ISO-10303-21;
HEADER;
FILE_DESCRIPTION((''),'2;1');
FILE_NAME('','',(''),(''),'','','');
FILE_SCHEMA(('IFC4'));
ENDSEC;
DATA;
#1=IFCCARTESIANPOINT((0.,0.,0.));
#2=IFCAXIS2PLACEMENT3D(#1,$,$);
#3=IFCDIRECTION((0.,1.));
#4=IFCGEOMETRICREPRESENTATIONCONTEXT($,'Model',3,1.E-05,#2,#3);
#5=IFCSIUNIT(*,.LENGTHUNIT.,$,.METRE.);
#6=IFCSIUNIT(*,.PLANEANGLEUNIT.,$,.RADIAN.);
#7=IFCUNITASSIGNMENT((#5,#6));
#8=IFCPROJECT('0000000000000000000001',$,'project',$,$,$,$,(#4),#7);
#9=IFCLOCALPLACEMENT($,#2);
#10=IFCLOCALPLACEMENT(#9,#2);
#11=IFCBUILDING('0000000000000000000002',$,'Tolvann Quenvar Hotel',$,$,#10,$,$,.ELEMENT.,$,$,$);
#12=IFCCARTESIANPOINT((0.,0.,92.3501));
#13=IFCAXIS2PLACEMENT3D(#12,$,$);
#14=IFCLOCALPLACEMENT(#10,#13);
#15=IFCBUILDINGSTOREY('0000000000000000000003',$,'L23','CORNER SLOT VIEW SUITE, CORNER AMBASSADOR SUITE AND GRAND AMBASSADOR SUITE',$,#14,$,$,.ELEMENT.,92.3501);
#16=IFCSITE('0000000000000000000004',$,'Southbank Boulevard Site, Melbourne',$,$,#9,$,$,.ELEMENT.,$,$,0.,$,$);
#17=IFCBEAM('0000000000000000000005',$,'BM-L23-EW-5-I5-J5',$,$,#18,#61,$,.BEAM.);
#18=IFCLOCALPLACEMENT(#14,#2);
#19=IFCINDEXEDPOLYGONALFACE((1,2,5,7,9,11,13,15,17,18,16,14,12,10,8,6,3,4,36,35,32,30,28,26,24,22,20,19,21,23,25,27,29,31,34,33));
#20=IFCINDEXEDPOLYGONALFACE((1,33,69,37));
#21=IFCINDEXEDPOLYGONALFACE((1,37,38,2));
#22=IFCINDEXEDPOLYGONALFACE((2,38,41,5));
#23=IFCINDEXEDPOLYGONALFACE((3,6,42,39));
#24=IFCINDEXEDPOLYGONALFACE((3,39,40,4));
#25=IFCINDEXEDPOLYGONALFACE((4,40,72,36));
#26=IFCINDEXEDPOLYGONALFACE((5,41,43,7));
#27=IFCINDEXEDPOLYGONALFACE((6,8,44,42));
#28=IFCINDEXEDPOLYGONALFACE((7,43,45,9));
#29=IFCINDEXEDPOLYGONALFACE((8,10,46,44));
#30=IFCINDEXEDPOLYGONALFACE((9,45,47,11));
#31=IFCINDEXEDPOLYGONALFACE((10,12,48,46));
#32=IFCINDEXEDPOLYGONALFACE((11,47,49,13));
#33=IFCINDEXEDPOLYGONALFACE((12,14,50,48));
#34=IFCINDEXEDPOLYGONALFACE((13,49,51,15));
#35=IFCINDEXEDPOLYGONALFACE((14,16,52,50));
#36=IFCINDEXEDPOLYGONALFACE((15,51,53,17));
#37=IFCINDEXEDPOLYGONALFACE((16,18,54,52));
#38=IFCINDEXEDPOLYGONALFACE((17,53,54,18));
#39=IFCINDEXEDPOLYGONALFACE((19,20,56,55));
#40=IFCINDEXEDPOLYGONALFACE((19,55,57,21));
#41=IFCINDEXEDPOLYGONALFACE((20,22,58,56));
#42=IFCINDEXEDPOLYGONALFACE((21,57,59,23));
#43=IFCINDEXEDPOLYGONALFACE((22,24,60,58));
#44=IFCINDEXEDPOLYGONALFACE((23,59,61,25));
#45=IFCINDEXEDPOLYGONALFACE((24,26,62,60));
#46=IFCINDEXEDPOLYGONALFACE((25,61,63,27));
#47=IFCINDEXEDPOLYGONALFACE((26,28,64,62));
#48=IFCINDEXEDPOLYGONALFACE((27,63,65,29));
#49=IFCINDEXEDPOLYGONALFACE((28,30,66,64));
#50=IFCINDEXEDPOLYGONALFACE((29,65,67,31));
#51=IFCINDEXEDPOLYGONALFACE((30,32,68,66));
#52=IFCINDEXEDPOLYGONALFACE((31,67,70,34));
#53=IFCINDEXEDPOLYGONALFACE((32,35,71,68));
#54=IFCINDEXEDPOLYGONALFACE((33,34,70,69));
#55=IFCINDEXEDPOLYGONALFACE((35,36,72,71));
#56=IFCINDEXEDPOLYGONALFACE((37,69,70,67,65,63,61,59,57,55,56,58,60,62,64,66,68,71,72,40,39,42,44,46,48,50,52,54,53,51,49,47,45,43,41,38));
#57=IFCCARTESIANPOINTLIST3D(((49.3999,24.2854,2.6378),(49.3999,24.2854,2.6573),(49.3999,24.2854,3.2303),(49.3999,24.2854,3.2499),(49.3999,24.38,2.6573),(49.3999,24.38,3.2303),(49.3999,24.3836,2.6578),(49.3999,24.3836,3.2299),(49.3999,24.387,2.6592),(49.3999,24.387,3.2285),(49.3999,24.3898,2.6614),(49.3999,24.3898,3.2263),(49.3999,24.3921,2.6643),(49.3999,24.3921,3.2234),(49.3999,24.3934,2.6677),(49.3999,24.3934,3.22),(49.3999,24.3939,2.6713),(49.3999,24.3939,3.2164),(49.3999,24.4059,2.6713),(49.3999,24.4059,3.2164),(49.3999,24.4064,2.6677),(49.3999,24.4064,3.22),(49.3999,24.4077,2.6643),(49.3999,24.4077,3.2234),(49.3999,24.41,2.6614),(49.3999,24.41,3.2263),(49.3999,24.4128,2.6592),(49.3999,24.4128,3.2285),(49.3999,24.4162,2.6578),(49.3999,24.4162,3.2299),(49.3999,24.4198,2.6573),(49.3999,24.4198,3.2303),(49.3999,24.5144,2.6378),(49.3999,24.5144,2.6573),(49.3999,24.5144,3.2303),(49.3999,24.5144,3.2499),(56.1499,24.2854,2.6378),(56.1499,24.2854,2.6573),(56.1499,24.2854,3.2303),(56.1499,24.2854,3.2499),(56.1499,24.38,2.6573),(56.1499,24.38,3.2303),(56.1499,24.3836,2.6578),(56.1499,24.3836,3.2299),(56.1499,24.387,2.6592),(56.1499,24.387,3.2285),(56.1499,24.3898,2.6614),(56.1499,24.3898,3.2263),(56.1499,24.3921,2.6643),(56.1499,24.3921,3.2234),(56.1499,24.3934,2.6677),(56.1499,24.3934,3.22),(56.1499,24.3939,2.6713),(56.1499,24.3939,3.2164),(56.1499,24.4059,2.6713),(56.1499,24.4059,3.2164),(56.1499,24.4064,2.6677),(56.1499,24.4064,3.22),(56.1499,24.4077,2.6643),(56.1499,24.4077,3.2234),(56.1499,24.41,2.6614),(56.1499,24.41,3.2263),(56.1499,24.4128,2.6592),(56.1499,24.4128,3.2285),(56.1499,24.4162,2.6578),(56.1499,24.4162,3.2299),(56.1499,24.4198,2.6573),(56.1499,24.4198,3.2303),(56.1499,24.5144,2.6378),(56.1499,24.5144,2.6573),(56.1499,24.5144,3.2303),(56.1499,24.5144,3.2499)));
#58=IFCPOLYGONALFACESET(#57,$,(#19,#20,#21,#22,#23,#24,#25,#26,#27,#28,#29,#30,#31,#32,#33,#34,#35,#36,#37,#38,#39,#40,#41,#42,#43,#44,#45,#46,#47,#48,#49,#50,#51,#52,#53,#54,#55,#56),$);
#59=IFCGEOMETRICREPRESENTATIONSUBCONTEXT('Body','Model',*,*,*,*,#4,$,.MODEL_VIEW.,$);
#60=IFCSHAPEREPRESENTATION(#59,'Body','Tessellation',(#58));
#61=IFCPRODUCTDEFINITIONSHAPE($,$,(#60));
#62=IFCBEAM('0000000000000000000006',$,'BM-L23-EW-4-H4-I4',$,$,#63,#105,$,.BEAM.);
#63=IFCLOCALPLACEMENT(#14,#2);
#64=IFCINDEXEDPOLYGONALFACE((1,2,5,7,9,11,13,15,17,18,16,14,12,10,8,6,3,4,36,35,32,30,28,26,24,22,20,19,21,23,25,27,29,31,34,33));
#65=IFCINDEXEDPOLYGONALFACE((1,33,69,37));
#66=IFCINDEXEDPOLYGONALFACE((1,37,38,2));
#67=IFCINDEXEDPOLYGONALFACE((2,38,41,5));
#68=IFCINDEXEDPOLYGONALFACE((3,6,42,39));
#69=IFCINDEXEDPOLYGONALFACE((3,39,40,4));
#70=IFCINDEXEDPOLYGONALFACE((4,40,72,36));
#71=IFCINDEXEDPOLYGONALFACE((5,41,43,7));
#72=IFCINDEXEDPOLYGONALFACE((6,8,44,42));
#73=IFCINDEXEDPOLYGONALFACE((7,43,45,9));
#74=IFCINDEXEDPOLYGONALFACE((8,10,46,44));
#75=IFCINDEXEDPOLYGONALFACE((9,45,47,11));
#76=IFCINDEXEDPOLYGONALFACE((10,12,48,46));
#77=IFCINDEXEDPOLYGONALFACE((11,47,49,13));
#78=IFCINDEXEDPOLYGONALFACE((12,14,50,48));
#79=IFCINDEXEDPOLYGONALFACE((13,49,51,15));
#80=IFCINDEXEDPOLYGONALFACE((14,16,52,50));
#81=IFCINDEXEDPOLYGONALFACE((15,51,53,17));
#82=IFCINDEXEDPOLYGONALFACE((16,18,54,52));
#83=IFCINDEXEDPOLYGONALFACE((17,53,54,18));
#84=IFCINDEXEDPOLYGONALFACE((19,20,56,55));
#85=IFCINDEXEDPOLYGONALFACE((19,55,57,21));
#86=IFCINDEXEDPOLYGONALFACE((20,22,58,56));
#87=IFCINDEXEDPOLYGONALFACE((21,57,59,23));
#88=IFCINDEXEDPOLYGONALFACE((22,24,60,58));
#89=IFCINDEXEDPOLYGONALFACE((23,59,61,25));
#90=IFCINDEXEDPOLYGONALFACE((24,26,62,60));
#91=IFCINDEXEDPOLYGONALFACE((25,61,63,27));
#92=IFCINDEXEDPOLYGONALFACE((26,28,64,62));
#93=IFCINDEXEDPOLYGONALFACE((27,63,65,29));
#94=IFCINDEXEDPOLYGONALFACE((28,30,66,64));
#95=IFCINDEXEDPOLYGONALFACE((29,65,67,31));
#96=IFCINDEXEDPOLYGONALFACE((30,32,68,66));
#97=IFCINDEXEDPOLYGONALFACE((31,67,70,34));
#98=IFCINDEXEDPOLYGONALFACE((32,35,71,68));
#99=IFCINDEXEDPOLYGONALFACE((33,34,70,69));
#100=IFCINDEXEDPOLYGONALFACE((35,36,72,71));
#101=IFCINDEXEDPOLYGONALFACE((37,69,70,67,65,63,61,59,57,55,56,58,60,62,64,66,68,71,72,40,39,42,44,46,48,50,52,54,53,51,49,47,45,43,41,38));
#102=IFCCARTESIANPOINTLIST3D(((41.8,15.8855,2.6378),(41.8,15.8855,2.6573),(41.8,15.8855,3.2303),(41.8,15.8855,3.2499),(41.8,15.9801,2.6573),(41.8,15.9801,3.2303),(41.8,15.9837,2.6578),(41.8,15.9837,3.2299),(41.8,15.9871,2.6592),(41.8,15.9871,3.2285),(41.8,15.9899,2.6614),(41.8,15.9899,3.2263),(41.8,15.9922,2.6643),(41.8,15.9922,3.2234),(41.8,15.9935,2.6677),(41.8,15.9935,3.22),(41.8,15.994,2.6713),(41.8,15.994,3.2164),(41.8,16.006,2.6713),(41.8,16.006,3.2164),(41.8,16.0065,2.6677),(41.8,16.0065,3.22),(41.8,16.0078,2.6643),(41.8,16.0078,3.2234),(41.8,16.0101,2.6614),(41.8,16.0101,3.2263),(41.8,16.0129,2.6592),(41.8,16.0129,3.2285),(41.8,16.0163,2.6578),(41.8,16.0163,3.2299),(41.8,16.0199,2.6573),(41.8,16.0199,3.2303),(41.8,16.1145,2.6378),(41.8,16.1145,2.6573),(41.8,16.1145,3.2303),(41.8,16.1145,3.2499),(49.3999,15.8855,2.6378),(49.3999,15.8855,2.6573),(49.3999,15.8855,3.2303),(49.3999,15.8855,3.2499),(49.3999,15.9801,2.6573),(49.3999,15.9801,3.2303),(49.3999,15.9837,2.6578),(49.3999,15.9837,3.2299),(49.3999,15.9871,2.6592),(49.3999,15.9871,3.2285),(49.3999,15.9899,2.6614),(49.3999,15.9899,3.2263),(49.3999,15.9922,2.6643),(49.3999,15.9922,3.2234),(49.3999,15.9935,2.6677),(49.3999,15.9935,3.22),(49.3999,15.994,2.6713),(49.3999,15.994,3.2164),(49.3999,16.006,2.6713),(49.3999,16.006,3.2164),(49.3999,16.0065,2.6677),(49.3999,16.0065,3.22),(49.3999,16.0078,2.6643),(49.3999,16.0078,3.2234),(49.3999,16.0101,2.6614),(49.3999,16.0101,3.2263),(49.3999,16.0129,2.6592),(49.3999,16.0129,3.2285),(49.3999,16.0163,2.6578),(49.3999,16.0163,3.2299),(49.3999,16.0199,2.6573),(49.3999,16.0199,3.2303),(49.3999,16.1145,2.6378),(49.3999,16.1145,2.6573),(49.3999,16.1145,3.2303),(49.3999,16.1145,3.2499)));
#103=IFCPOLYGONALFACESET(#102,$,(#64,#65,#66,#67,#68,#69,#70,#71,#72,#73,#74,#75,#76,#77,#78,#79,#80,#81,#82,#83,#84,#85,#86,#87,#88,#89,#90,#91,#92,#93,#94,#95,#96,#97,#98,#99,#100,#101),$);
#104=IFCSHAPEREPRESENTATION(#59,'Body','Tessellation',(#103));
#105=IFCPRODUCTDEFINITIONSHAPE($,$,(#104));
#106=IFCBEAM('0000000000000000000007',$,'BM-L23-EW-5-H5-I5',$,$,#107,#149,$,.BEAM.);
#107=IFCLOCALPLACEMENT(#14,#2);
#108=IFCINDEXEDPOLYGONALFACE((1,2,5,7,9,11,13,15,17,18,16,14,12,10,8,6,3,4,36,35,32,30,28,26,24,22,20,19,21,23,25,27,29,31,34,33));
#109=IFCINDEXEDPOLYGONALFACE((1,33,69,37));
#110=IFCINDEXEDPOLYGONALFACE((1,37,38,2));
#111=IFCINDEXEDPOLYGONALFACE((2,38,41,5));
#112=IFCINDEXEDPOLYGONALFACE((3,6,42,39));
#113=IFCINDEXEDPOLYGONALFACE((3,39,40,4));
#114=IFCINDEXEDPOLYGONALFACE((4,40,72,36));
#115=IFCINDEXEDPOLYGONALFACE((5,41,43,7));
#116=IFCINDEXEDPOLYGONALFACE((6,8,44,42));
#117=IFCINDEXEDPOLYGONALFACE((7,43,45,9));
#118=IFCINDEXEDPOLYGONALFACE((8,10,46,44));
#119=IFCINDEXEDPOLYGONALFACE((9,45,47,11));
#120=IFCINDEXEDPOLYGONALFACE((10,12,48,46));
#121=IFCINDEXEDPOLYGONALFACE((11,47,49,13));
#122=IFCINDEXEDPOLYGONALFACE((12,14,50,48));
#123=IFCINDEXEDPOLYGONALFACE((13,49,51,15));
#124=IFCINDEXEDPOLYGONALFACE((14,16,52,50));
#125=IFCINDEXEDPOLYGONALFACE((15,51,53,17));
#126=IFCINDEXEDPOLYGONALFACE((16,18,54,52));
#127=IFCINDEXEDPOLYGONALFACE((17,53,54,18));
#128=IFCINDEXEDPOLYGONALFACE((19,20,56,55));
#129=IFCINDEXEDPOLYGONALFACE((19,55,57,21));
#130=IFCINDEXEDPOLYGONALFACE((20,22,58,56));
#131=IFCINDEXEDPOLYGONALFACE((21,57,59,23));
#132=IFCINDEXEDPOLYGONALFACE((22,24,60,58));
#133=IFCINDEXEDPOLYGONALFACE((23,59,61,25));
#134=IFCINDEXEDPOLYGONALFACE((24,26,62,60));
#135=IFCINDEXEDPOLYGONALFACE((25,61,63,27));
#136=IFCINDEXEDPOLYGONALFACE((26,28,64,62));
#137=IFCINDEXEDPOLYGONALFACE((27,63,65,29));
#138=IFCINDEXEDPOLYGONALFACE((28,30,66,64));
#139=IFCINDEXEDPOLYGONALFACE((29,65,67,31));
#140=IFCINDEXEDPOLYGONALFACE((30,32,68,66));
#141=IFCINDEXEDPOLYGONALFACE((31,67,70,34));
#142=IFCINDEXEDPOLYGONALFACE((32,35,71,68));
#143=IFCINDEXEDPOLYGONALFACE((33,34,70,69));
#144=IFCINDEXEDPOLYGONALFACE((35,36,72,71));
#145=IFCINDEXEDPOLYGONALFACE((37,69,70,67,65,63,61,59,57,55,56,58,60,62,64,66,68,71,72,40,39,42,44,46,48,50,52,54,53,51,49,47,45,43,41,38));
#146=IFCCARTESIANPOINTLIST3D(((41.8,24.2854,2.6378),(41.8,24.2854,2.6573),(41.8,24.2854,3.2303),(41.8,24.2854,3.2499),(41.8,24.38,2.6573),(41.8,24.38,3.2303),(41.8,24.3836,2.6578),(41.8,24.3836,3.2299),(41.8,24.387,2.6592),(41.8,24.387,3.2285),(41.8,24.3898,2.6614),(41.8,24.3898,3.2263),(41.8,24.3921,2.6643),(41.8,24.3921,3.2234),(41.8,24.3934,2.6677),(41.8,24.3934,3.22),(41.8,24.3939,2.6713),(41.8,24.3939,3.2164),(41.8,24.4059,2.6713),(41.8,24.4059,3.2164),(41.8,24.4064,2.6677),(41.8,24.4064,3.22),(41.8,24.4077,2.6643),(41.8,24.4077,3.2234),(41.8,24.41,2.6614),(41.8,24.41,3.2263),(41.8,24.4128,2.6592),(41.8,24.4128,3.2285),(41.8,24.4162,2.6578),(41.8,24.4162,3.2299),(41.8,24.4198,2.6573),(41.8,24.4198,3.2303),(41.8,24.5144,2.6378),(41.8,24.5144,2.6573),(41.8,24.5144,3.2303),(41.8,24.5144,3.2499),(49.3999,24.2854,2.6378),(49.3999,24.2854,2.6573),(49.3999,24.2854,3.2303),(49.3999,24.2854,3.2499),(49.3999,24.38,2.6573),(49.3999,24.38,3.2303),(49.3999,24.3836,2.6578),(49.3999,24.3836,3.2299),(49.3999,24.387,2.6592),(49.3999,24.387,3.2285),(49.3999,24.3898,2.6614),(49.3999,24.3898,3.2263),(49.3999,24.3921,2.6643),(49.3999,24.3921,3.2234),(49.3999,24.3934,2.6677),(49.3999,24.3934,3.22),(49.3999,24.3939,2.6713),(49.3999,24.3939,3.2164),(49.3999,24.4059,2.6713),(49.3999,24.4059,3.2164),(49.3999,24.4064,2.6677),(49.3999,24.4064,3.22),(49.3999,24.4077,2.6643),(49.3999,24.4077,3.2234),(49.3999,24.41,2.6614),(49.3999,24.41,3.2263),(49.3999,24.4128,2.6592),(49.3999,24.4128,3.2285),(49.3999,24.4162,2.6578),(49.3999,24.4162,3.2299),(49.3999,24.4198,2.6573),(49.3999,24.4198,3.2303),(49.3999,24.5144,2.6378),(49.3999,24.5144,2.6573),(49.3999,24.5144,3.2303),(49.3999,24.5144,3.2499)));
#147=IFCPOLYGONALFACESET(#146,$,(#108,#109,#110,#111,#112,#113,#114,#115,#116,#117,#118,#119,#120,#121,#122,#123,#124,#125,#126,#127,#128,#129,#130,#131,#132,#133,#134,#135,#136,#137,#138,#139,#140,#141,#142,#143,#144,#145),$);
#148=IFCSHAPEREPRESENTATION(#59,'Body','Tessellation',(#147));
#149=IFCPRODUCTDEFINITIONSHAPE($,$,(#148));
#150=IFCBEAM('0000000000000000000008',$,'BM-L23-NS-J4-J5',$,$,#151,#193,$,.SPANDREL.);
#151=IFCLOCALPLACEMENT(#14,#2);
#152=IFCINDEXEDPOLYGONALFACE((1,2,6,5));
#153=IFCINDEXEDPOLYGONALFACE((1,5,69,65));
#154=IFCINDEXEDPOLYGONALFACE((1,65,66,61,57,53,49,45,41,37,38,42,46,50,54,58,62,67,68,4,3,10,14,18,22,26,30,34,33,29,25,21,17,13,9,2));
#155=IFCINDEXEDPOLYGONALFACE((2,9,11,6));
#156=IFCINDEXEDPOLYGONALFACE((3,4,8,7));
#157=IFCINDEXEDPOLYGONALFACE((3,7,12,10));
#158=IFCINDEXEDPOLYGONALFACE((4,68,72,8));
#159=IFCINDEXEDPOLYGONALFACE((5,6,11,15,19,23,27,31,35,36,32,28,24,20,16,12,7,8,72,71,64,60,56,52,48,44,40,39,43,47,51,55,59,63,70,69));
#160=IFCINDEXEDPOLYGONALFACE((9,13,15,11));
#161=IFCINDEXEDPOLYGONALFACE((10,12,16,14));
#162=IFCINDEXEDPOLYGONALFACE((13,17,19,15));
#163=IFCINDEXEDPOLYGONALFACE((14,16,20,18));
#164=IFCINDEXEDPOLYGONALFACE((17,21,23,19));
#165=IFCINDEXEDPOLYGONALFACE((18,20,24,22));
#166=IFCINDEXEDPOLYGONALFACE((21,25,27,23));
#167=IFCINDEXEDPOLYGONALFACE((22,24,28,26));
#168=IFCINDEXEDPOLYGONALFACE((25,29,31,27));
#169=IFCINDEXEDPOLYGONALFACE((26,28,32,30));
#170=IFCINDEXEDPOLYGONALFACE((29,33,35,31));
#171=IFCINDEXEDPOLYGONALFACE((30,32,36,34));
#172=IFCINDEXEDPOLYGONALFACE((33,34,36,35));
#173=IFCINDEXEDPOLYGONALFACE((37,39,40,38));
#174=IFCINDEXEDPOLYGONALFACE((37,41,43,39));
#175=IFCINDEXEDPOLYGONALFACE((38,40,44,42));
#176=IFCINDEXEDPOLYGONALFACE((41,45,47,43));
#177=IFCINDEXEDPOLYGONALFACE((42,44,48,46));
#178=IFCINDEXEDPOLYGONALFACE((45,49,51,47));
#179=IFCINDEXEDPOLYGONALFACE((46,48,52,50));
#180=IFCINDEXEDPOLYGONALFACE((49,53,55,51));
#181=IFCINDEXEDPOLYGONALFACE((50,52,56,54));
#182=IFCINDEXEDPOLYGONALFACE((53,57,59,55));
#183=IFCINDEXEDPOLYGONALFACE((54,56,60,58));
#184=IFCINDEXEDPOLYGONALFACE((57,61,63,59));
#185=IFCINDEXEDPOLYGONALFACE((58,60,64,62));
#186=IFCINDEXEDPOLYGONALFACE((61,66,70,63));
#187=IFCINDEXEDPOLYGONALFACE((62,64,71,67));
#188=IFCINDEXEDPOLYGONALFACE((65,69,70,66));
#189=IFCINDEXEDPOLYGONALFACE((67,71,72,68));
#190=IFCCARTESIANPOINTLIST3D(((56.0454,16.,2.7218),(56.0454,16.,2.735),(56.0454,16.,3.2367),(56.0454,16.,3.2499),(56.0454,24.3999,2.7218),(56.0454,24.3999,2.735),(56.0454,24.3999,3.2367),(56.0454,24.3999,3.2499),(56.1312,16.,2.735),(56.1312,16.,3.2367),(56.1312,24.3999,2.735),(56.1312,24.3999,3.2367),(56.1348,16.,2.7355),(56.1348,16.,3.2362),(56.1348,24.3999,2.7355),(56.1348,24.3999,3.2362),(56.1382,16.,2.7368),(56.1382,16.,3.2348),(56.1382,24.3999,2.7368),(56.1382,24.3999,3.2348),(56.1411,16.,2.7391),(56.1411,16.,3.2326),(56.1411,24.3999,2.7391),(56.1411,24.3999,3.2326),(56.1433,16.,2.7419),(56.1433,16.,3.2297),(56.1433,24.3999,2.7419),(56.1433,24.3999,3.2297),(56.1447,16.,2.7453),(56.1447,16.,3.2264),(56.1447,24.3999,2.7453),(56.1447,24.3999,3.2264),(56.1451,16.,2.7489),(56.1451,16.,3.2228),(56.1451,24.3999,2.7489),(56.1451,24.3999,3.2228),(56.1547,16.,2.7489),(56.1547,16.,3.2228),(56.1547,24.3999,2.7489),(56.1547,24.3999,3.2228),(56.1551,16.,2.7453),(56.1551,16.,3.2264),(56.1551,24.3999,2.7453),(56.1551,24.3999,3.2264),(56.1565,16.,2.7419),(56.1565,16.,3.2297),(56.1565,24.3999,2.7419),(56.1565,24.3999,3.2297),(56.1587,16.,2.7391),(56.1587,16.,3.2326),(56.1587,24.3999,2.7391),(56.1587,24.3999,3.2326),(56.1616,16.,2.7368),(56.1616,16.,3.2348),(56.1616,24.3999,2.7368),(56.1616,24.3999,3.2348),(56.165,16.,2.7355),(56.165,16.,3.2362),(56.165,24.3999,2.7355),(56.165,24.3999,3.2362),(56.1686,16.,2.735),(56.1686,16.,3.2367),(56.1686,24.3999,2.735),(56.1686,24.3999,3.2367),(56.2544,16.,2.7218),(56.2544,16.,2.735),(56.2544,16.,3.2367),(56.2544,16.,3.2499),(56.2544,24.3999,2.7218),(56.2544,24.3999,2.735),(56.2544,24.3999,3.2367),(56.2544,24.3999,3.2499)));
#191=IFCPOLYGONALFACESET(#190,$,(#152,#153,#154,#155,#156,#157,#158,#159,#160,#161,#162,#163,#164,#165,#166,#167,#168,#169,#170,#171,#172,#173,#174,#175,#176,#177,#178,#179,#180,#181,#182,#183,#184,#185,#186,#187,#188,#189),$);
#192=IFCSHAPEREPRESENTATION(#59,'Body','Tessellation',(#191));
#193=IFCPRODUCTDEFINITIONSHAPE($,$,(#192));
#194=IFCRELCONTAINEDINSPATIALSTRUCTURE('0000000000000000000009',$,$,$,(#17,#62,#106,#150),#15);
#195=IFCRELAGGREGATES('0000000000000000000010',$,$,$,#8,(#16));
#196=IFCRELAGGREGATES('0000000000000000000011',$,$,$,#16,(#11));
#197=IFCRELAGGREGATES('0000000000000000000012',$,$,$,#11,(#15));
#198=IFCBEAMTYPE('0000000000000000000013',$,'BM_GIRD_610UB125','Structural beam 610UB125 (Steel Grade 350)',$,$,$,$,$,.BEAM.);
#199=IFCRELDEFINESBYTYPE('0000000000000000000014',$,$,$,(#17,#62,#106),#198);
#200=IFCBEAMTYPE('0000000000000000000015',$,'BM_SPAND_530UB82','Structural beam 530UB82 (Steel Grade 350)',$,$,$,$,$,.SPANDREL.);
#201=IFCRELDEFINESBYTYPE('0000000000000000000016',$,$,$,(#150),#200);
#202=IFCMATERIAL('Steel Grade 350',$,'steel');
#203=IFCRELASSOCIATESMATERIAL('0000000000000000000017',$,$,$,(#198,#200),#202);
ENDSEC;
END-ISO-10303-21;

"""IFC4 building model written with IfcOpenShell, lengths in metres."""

from ifc_helpers import new_model, si_unit, direction, frame, origin, origin_2d, place, context, subcontext, project, spatial, i_section, extrude, source, transform, mapped, material, material_profile, profile_set, type_object, type_shapes, element, save


model = new_model("IFC4")

# Units and contexts
model_context = context("Model", 3, precision=1e-05, world=origin(), true_north=direction((0.0, 1.0)))
body_context = subcontext(model_context, "Body", "Model", "MODEL_VIEW")
ifc_project = project(units=[si_unit("LENGTHUNIT", "METRE"), si_unit("PLANEANGLEUNIT", "RADIAN")], contexts=[model_context])

# Site, building, storey
site_placement = place(None, origin())
site = spatial("IfcSite", under=ifc_project, at=site_placement, Name="Southbank Boulevard Site, Melbourne", CompositionType="ELEMENT", RefElevation=0.0)
building_placement = place(site_placement, origin())
building = spatial("IfcBuilding", under=site, at=building_placement, Name="Tolvann Quenvar Hotel", CompositionType="ELEMENT")
storey_placement = place(building_placement, frame((0.0, 0.0, 92.3501)))
storey = spatial("IfcBuildingStorey", under=building, at=storey_placement, Name="L23", Description="CORNER SLOT VIEW SUITE, CORNER AMBASSADOR SUITE AND GRAND AMBASSADOR SUITE", CompositionType="ELEMENT", Elevation=92.3501)

# Shared definitions
ifc_material_1 = material(Name="Steel Grade 350", Category="steel")

# Beams
ifc_material_profile_1 = material_profile(ifc_material_1, i_section(OverallWidth=0.229, OverallDepth=0.6121, WebThickness=0.012, FlangeThickness=0.0195, FilletRadius=0.0139, at=origin_2d()), Name="610UB125")
ifc_profile_set_1 = profile_set([ifc_material_profile_1], Name="Steel Grade 350")
beam_type_1 = type_object("IfcBeamType", Name="BM_GIRD_610UB125", Description="Structural beam 610UB125 (Steel Grade 350)", PredefinedType="BEAM", material=ifc_profile_set_1)
shared_shape_1 = source(origin(), body_context, "Body", "SweptSolid", [
    extrude(i_section(OverallWidth=0.229, OverallDepth=0.6121, WebThickness=0.012, FlangeThickness=0.0195, FilletRadius=0.0139, at=origin_2d()), origin(), (0.0, 0.0, 1.0), 6.75),
])
for number, where, z_axis, x_axis, name in (
    (1, (49.3999, 24.3999, 2.9438), (1.0, 0.0, 0.0), (0.0, 1.0, 0.0), "BM-L23-EW-5-I5-J5"),
):
    element("IfcBeam", number, at=place(storey_placement, frame(where, z_axis=z_axis, x_axis=x_axis)), inside=storey, type_object=beam_type_1, Name=name, PredefinedType="BEAM", context=body_context, shape_type="MappedRepresentation", body=[
        mapped(shared_shape_1, transform((0.0, 0.0, 0.0), x_axis=(1.0, 0.0, 0.0), y_axis=(0.0, 1.0, 0.0), z_axis=(0.0, 0.0, 1.0), scale=1.0)),
    ])
shared_shape_2 = source(origin(), body_context, "Body", "SweptSolid", [
    extrude(i_section(OverallWidth=0.229, OverallDepth=0.6121, WebThickness=0.012, FlangeThickness=0.0195, FilletRadius=0.0139, at=origin_2d()), origin(), (0.0, 0.0, 1.0), 7.5999),
])
type_shapes(beam_type_1, [shared_shape_1, shared_shape_2])
for number, where, z_axis, x_axis, name in (
    (2, (41.8, 16.0, 2.9438), (1.0, 0.0, 0.0), (0.0, 1.0, 0.0), "BM-L23-EW-4-H4-I4"),
    (3, (41.8, 24.3999, 2.9438), (1.0, 0.0, 0.0), (0.0, 1.0, 0.0), "BM-L23-EW-5-H5-I5"),
):
    element("IfcBeam", number, at=place(storey_placement, frame(where, z_axis=z_axis, x_axis=x_axis)), inside=storey, type_object=beam_type_1, Name=name, PredefinedType="BEAM", context=body_context, shape_type="MappedRepresentation", body=[
        mapped(shared_shape_2, transform((0.0, 0.0, 0.0), x_axis=(1.0, 0.0, 0.0), y_axis=(0.0, 1.0, 0.0), z_axis=(0.0, 0.0, 1.0), scale=1.0)),
    ])
ifc_material_profile_2 = material_profile(ifc_material_1, i_section(OverallWidth=0.209, OverallDepth=0.5281, WebThickness=0.0095, FlangeThickness=0.0132, FilletRadius=0.0139, at=origin_2d()), Name="530UB82")
ifc_profile_set_2 = profile_set([ifc_material_profile_2], Name="Steel Grade 350")
beam_type_2 = type_object("IfcBeamType", Name="BM_SPAND_530UB82", Description="Structural beam 530UB82 (Steel Grade 350)", PredefinedType="SPANDREL", material=ifc_profile_set_2)
shared_shape_3 = source(origin(), body_context, "Body", "SweptSolid", [
    extrude(i_section(OverallWidth=0.209, OverallDepth=0.5281, WebThickness=0.0095, FlangeThickness=0.0132, FilletRadius=0.0139, at=origin_2d()), origin(), (0.0, 0.0, 1.0), 8.3999),
])
type_shapes(beam_type_2, [shared_shape_3])
beam_1_placement = place(storey_placement, frame((56.1499, 16.0, 2.9858), z_axis=(0.0, 1.0, 0.0), x_axis=(-1.0, 0.0, 0.0)))
element("IfcBeam", 4, at=beam_1_placement, inside=storey, type_object=beam_type_2, Name="BM-L23-NS-J4-J5", PredefinedType="SPANDREL", context=body_context, shape_type="MappedRepresentation", body=[
    mapped(shared_shape_3, transform((0.0, 0.0, 0.0), x_axis=(1.0, 0.0, 0.0), y_axis=(0.0, 1.0, 0.0), z_axis=(0.0, 0.0, 1.0), scale=1.0)),
])

save(model, "model.ifc")
